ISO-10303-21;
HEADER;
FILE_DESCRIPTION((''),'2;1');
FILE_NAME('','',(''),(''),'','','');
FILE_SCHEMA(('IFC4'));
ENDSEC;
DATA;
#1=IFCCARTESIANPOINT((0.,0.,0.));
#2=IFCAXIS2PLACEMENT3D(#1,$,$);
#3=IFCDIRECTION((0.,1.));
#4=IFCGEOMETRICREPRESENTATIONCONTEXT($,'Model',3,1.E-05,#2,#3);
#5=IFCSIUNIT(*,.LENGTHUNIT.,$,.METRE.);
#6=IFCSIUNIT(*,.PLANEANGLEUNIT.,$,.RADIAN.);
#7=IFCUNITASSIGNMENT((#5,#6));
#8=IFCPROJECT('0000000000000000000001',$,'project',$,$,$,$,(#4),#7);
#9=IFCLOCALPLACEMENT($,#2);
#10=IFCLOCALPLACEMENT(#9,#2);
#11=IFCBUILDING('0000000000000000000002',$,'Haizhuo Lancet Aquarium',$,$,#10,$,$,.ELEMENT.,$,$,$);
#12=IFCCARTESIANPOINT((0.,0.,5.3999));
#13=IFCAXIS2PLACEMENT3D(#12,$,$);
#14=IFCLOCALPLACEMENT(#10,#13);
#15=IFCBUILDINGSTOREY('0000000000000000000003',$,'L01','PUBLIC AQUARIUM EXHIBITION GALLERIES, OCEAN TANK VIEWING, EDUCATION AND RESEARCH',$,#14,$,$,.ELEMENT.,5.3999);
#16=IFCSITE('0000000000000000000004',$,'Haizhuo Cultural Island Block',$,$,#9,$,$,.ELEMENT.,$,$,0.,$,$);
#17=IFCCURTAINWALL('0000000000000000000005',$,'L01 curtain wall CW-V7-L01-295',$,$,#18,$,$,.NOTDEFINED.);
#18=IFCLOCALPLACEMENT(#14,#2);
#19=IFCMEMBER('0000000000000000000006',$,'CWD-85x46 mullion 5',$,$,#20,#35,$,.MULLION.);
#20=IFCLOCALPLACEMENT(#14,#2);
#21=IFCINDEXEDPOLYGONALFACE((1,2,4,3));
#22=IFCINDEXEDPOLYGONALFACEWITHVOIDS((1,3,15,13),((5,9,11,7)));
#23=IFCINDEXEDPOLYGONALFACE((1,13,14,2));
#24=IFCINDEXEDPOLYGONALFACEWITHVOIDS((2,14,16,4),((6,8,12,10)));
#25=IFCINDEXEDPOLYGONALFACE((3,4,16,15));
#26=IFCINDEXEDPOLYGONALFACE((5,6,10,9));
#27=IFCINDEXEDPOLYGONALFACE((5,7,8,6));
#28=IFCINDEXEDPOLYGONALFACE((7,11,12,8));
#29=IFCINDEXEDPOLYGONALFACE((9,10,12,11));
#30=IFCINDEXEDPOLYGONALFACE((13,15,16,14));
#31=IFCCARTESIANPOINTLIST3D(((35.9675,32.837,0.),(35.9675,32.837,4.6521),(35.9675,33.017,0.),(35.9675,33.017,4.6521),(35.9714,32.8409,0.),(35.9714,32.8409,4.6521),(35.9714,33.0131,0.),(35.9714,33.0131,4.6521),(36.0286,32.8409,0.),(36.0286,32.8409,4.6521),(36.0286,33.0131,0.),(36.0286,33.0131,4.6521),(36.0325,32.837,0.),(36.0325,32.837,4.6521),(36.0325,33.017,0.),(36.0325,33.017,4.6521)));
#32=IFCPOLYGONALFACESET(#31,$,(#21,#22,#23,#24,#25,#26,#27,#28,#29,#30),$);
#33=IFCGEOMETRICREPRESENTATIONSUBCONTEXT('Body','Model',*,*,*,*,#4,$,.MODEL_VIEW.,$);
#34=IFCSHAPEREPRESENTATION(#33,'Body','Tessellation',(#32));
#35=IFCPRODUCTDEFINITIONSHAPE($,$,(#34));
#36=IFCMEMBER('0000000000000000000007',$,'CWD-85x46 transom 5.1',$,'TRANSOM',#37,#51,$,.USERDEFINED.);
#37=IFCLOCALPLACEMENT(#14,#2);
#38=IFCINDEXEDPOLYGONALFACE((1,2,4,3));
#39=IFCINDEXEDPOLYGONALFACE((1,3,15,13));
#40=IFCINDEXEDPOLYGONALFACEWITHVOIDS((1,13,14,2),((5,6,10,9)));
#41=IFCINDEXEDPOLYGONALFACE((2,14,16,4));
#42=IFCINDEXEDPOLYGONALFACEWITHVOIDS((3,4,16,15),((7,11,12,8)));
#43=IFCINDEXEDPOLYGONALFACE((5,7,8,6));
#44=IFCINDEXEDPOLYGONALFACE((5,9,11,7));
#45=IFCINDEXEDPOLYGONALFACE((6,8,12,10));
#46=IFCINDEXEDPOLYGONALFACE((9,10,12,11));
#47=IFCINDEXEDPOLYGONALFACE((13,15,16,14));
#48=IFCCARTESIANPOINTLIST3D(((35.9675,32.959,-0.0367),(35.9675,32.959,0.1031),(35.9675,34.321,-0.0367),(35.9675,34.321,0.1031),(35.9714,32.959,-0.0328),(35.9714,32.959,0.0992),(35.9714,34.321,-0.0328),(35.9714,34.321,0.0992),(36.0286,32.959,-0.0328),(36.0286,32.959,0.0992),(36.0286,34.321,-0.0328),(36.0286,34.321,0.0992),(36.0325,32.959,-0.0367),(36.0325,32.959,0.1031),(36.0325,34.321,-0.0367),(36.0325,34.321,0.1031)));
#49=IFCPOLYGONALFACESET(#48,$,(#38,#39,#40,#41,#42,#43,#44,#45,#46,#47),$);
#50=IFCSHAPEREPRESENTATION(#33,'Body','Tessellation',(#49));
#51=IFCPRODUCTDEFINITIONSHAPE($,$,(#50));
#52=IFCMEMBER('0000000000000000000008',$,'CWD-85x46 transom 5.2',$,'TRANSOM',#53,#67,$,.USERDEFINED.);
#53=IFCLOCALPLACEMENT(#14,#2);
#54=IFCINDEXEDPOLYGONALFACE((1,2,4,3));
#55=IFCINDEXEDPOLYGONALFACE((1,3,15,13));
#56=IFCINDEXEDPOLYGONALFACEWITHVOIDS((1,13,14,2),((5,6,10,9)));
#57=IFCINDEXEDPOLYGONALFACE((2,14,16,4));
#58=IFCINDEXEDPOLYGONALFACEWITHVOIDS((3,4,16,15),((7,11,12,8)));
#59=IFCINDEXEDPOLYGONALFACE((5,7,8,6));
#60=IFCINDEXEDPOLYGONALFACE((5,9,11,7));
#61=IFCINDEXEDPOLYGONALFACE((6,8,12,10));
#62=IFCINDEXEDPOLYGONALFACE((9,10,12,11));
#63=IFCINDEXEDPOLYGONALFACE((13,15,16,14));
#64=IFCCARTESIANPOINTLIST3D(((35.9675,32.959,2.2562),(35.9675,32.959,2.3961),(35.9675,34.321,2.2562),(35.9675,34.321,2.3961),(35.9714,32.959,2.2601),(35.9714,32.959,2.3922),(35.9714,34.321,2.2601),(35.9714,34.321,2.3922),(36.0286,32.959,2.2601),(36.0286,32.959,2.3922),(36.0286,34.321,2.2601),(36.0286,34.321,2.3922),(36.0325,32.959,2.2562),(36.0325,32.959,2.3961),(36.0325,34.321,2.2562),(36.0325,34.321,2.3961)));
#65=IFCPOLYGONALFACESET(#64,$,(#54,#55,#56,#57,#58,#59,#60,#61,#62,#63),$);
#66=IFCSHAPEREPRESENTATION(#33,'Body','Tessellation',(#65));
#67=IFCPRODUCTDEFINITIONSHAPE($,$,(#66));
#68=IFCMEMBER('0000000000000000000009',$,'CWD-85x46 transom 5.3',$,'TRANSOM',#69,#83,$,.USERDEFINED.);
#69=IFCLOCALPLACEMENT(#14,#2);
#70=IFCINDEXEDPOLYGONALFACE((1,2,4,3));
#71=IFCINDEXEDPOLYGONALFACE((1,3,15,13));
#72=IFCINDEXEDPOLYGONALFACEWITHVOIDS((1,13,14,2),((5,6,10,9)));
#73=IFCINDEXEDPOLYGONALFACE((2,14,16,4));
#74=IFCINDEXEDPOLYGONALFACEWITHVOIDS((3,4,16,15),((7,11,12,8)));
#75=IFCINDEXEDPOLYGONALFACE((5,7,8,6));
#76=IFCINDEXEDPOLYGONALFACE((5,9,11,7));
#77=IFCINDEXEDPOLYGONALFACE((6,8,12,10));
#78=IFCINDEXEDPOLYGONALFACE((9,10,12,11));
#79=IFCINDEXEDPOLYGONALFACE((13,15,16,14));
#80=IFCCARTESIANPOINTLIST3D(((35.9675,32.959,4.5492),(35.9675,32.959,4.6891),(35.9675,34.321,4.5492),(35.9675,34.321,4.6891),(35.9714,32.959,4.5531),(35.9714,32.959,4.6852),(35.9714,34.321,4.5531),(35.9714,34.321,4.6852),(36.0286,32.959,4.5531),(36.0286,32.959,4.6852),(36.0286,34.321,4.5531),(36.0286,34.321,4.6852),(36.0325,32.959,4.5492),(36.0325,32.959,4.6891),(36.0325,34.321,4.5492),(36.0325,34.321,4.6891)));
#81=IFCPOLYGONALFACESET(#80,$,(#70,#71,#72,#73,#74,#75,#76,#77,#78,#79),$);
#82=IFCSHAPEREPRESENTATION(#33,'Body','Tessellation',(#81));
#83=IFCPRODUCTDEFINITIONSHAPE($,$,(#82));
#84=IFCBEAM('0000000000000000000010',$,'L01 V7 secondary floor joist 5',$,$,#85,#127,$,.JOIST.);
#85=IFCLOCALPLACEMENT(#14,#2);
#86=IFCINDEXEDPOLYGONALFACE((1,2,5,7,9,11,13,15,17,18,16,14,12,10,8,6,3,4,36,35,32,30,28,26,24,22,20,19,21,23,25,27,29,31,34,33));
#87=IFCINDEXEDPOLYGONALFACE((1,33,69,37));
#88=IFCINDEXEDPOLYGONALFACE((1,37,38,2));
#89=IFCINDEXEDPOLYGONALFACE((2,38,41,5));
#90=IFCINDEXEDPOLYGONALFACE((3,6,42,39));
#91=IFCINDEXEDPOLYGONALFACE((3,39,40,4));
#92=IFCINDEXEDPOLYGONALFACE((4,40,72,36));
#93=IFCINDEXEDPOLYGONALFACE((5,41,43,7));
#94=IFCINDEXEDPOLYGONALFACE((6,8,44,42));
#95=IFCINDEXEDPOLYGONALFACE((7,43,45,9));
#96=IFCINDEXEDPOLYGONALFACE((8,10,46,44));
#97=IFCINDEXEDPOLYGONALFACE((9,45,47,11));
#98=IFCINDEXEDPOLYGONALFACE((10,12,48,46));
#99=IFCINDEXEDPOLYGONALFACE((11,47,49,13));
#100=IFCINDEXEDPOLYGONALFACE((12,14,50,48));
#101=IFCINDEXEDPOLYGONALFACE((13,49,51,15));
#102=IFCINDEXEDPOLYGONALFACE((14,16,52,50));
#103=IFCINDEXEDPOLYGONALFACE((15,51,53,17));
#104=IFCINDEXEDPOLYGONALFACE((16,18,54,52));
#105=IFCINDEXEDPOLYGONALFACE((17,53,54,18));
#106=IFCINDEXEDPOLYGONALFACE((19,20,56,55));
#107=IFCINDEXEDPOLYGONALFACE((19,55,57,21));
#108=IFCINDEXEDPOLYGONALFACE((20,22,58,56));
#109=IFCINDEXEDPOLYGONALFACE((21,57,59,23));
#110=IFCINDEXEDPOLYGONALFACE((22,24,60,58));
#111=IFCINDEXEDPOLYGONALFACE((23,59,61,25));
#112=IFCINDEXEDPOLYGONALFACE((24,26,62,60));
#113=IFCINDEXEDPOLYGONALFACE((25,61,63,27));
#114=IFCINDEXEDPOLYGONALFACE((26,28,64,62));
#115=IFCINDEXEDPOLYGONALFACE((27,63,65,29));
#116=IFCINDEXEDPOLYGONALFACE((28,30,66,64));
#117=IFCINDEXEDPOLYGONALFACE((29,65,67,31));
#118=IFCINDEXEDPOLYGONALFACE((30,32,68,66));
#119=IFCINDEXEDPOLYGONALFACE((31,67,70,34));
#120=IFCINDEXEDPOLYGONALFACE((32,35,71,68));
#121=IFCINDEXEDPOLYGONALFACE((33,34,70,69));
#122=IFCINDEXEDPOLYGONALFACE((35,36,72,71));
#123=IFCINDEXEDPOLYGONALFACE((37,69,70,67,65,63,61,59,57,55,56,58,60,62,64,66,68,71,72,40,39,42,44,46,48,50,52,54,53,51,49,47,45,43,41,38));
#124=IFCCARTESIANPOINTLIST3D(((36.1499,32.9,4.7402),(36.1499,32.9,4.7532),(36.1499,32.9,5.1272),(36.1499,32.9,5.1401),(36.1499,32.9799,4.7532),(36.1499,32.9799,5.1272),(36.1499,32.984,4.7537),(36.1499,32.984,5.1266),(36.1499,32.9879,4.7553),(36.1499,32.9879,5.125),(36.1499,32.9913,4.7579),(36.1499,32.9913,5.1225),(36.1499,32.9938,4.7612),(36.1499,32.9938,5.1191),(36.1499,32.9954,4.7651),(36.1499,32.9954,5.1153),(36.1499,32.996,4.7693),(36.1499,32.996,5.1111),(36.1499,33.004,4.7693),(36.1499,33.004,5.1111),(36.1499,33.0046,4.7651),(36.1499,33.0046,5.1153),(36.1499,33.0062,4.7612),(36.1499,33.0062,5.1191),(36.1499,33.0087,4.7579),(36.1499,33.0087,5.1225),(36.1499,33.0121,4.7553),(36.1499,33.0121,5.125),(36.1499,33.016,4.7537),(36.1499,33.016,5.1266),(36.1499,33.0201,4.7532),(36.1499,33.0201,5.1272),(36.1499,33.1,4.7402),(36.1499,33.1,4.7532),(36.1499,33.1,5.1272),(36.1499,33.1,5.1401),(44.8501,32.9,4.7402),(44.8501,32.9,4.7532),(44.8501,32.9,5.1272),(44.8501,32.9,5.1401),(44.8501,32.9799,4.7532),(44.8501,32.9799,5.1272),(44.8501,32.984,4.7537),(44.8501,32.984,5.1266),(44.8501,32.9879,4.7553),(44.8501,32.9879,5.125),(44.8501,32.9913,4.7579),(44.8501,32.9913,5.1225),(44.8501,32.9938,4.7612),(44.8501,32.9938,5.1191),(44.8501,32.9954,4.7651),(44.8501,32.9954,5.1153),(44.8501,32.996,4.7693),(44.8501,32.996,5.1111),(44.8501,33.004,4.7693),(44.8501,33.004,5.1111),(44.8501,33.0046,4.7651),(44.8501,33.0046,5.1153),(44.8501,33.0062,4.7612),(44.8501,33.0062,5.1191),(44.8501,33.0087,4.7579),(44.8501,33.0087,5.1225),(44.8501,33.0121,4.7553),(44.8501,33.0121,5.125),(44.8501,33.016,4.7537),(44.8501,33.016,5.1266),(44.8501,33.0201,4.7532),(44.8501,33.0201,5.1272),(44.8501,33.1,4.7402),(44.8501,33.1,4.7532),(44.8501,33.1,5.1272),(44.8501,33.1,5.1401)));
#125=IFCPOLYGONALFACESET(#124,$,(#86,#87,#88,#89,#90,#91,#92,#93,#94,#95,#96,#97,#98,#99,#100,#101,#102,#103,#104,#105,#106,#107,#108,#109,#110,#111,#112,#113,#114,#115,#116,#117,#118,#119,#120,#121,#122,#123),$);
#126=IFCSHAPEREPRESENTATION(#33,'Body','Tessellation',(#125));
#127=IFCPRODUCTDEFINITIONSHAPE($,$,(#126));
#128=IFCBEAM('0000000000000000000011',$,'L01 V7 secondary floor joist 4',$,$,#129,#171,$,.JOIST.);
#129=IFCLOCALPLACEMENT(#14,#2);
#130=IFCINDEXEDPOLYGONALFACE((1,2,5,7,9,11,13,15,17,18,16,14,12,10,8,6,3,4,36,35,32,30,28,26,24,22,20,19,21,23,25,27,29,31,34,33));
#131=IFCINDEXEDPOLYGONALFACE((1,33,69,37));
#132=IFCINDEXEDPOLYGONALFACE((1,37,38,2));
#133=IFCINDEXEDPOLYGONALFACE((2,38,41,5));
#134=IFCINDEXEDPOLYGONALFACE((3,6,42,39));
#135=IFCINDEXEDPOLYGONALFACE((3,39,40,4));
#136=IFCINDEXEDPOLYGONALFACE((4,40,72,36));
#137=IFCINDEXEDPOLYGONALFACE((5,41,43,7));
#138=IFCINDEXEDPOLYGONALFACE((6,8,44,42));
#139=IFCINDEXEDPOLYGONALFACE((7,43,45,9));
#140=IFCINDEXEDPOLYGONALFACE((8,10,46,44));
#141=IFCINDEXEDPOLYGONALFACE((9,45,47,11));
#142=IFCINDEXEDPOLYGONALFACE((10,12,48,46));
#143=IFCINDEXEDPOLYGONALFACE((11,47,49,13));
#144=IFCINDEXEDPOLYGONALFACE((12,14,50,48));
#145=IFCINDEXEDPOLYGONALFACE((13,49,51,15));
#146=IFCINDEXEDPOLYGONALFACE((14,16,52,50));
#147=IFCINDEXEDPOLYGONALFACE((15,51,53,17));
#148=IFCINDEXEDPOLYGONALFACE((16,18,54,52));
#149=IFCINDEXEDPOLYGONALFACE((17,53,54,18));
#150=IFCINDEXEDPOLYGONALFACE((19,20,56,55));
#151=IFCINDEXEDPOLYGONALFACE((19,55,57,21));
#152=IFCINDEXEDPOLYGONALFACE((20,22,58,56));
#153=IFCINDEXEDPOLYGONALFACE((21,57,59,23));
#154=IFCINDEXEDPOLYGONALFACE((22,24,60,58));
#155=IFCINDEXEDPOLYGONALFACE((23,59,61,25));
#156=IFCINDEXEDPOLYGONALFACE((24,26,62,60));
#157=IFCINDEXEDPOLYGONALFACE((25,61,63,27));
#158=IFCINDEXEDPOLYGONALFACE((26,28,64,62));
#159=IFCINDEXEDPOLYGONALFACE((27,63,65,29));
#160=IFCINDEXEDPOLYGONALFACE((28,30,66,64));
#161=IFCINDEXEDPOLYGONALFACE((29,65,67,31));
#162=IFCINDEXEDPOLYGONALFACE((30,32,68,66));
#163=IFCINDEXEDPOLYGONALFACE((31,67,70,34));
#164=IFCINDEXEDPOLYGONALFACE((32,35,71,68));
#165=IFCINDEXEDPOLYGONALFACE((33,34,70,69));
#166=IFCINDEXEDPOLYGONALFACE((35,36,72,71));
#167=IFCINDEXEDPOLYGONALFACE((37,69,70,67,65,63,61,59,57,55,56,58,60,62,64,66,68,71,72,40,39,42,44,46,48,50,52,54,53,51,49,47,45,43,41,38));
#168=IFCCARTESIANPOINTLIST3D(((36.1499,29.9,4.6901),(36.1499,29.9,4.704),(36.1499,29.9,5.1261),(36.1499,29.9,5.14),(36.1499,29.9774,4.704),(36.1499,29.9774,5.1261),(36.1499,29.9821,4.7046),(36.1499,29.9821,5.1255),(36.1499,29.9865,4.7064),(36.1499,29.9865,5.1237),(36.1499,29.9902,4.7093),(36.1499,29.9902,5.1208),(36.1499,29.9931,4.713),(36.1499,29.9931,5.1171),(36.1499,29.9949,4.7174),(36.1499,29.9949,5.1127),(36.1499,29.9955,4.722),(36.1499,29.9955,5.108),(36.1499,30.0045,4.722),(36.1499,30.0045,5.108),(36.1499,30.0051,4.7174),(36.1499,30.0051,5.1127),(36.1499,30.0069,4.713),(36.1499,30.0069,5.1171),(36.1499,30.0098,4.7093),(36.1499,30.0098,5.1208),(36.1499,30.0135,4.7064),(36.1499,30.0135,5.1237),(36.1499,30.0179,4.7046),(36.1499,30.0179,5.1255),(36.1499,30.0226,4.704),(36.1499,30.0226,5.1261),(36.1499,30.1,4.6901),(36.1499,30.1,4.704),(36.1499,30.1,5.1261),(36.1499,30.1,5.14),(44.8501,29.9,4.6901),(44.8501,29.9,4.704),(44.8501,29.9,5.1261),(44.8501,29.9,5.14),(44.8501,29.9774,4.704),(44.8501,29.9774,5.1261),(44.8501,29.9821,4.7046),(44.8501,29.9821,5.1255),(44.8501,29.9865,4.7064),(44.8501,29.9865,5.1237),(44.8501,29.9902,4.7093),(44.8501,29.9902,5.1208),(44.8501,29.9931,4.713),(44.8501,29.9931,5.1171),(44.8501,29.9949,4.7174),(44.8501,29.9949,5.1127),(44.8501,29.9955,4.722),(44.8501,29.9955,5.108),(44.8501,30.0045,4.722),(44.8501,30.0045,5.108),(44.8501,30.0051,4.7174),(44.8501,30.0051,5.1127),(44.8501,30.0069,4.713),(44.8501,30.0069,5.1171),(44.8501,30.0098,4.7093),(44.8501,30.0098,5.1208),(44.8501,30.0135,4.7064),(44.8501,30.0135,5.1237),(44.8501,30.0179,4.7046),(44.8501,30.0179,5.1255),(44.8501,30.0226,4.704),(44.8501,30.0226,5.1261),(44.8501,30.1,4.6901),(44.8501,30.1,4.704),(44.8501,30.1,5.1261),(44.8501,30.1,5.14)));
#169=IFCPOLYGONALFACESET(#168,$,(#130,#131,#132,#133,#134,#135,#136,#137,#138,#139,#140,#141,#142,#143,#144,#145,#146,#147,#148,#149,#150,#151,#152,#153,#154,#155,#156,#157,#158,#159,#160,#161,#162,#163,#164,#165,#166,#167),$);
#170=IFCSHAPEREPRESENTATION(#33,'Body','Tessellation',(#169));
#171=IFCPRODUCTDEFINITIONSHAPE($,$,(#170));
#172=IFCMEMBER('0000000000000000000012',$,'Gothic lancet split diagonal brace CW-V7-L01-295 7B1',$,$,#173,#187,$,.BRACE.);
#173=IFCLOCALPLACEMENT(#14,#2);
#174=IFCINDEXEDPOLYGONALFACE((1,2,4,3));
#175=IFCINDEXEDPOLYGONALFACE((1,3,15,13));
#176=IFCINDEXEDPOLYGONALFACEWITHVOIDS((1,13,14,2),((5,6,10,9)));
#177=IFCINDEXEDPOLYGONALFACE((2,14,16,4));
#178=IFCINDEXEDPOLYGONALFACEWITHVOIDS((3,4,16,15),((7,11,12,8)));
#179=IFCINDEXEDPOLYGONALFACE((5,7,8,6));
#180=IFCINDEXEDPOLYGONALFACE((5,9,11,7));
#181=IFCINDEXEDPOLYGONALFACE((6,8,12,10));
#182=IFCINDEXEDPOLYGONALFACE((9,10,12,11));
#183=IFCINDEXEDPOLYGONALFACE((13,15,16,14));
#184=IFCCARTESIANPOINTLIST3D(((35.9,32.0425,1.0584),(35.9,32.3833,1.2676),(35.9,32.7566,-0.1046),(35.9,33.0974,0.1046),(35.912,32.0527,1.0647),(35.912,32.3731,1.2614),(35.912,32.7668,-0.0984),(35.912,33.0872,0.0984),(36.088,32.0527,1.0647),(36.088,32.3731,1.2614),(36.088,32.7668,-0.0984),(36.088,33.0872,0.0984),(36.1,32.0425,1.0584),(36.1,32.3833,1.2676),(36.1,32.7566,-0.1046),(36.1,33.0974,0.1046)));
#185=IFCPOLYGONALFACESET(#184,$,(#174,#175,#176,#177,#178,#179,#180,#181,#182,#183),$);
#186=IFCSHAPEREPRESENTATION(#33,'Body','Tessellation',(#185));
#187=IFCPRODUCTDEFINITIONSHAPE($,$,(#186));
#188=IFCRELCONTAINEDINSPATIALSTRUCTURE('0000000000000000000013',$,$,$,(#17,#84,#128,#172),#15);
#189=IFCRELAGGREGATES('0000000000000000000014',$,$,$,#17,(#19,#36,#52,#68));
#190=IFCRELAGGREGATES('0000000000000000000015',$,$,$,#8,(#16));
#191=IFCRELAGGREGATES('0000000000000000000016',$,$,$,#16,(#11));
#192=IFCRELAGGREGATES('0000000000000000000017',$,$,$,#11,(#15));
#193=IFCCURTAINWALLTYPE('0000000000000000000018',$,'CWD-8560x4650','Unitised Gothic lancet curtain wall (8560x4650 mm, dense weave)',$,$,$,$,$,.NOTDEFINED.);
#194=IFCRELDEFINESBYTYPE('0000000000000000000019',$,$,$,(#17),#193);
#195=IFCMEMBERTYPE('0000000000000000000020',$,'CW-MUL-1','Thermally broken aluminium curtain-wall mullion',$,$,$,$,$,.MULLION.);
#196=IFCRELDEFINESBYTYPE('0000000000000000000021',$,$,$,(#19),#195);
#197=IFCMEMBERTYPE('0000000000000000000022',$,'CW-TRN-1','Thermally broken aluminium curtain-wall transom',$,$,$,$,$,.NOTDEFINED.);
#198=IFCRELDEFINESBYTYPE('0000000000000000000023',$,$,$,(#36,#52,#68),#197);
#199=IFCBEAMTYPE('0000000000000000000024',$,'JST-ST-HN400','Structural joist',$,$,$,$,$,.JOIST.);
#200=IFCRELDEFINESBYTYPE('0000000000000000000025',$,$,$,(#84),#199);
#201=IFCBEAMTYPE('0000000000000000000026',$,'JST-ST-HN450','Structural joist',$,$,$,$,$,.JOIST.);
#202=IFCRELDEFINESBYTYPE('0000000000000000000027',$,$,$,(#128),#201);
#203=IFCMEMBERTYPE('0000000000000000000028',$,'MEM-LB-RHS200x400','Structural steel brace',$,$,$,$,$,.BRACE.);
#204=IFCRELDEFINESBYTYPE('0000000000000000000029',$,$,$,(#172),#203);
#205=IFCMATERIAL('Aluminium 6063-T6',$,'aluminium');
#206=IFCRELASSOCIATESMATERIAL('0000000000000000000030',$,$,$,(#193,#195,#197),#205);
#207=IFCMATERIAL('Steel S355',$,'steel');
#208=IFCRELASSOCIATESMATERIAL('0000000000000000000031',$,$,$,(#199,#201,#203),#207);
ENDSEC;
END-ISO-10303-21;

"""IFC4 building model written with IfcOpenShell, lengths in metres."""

from ifc_helpers import new_model, si_unit, direction, frame, origin, origin_2d, place, context, subcontext, project, spatial, hollow_rectangle, i_section, extrude, material, material_profile, profile_set, type_object, element, aggregate, save


model = new_model("IFC4")

# Units and contexts
model_context = context("Model", 3, precision=1e-05, world=origin(), true_north=direction((0.0, 1.0)))
body_context = subcontext(model_context, "Body", "Model", "MODEL_VIEW")
ifc_project = project(units=[si_unit("LENGTHUNIT", "METRE"), si_unit("PLANEANGLEUNIT", "RADIAN")], contexts=[model_context])

# Site, building, storey
site_placement = place(None, origin())
site = spatial("IfcSite", under=ifc_project, at=site_placement, Name="Haizhuo Cultural Island Block", CompositionType="ELEMENT", RefElevation=0.0)
building_placement = place(site_placement, origin())
building = spatial("IfcBuilding", under=site, at=building_placement, Name="Haizhuo Lancet Aquarium", CompositionType="ELEMENT")
storey_placement = place(building_placement, frame((0.0, 0.0, 5.3999)))
storey = spatial("IfcBuildingStorey", under=building, at=storey_placement, Name="L01", Description="PUBLIC AQUARIUM EXHIBITION GALLERIES, OCEAN TANK VIEWING, EDUCATION AND RESEARCH", CompositionType="ELEMENT", Elevation=5.3999)

# Curtain wall, members
ifc_material_1 = material(Name="Aluminium 6063-T6", Category="aluminium")
curtain_wall_type = type_object("IfcCurtainWallType", Name="CWD-8560x4650", Description="Unitised Gothic lancet curtain wall (8560x4650 mm, dense weave)", PredefinedType="NOTDEFINED", material=ifc_material_1)
curtain_wall_placement = place(storey_placement, origin())
curtain_wall = element("IfcCurtainWall", 1, at=curtain_wall_placement, inside=storey, type_object=curtain_wall_type, Name="L01 curtain wall CW-V7-L01-295", PredefinedType="NOTDEFINED")
ifc_material_profile_1 = material_profile(ifc_material_1, hollow_rectangle(XDim=0.0649, YDim=0.1799, WallThickness=0.0039, at=origin_2d()), Name="ALU-M 65x180x4")
ifc_profile_set_1 = profile_set([ifc_material_profile_1], Name="Aluminium 6063-T6")
member_type_1 = type_object("IfcMemberType", Name="CW-MUL-1", Description="Thermally broken aluminium curtain-wall mullion", PredefinedType="MULLION", material=ifc_profile_set_1)
member_1_placement = place(storey_placement, frame((36.0, 32.927, 0.0), z_axis=(0.0, 0.0, 1.0), x_axis=(-1.0, 0.0, 0.0)))
member_1 = element("IfcMember", 2, at=member_1_placement, type_object=member_type_1, Name="CWD-85x46 mullion 5", PredefinedType="MULLION", context=body_context, shape_type="SweptSolid", body=[
    extrude(hollow_rectangle(XDim=0.0649, YDim=0.1799, WallThickness=0.0039, at=origin_2d()), origin(), (0.0, 0.0, 1.0), 4.6521),
])
ifc_material_profile_2 = material_profile(ifc_material_1, hollow_rectangle(XDim=0.0649, YDim=0.1399, WallThickness=0.0039, at=origin_2d()), Name="ALU-T 65x140x4")
ifc_profile_set_2 = profile_set([ifc_material_profile_2], Name="Aluminium 6063-T6")
member_type_2 = type_object("IfcMemberType", Name="CW-TRN-1", Description="Thermally broken aluminium curtain-wall transom", PredefinedType="NOTDEFINED", material=ifc_profile_set_2)
member_2_placement = place(storey_placement, frame((36.0, 32.959, 0.0332), z_axis=(0.0, 1.0, 0.0), x_axis=(-1.0, 0.0, 0.0)))
member_2 = element("IfcMember", 3, at=member_2_placement, type_object=member_type_2, Name="CWD-85x46 transom 5.1", ObjectType="TRANSOM", PredefinedType="USERDEFINED", context=body_context, shape_type="SweptSolid", body=[
    extrude(hollow_rectangle(XDim=0.0649, YDim=0.1399, WallThickness=0.0039, at=origin_2d()), origin(), (0.0, 0.0, 1.0), 1.3621),
])
member_3_placement = place(storey_placement, frame((36.0, 32.959, 2.3262), z_axis=(0.0, 1.0, 0.0), x_axis=(-1.0, 0.0, 0.0)))
member_3 = element("IfcMember", 4, at=member_3_placement, type_object=member_type_2, Name="CWD-85x46 transom 5.2", ObjectType="TRANSOM", PredefinedType="USERDEFINED", context=body_context, shape_type="SweptSolid", body=[
    extrude(hollow_rectangle(XDim=0.0649, YDim=0.1399, WallThickness=0.0039, at=origin_2d()), origin(), (0.0, 0.0, 1.0), 1.3621),
])
member_4_placement = place(storey_placement, frame((36.0, 32.959, 4.6191), z_axis=(0.0, 1.0, 0.0), x_axis=(-1.0, 0.0, 0.0)))
member_4 = element("IfcMember", 5, at=member_4_placement, type_object=member_type_2, Name="CWD-85x46 transom 5.3", ObjectType="TRANSOM", PredefinedType="USERDEFINED", context=body_context, shape_type="SweptSolid", body=[
    extrude(hollow_rectangle(XDim=0.0649, YDim=0.1399, WallThickness=0.0039, at=origin_2d()), origin(), (0.0, 0.0, 1.0), 1.3621),
])

# Beams
ifc_material_2 = material(Name="Steel S355", Category="steel")
ifc_material_profile_3 = material_profile(ifc_material_2, i_section(OverallWidth=0.2, OverallDepth=0.3999, WebThickness=0.0081, FlangeThickness=0.0129, FilletRadius=0.0161, at=origin_2d()), Name="HN 400x200x8x13")
ifc_profile_set_3 = profile_set([ifc_material_profile_3], Name="Steel S355")
beam_type_1 = type_object("IfcBeamType", Name="JST-ST-HN400", Description="Structural joist", PredefinedType="JOIST", material=ifc_profile_set_3)
beam_1_placement = place(storey_placement, frame((36.1499, 33.0, 4.9402), z_axis=(1.0, 0.0, 0.0), x_axis=(0.0, 1.0, 0.0)))
element("IfcBeam", 6, at=beam_1_placement, inside=storey, type_object=beam_type_1, Name="L01 V7 secondary floor joist 5", PredefinedType="JOIST", context=body_context, shape_type="SweptSolid", body=[
    extrude(i_section(OverallWidth=0.2, OverallDepth=0.3999, WebThickness=0.0081, FlangeThickness=0.0129, FilletRadius=0.0161, at=origin_2d()), origin(), (0.0, 0.0, 1.0), 8.7002),
])
ifc_material_profile_4 = material_profile(ifc_material_2, i_section(OverallWidth=0.2, OverallDepth=0.45, WebThickness=0.009, FlangeThickness=0.0139, FilletRadius=0.0181, at=origin_2d()), Name="HN 450x200x9x14")
ifc_profile_set_4 = profile_set([ifc_material_profile_4], Name="Steel S355")
beam_type_2 = type_object("IfcBeamType", Name="JST-ST-HN450", Description="Structural joist", PredefinedType="JOIST", material=ifc_profile_set_4)
beam_2_placement = place(storey_placement, frame((36.1499, 30.0, 4.915), z_axis=(1.0, 0.0, 0.0), x_axis=(0.0, 1.0, 0.0)))
element("IfcBeam", 7, at=beam_2_placement, inside=storey, type_object=beam_type_2, Name="L01 V7 secondary floor joist 4", PredefinedType="JOIST", context=body_context, shape_type="SweptSolid", body=[
    extrude(i_section(OverallWidth=0.2, OverallDepth=0.45, WebThickness=0.009, FlangeThickness=0.0139, FilletRadius=0.0181, at=origin_2d()), origin(), (0.0, 0.0, 1.0), 8.7002),
])

# Member
ifc_material_profile_5 = material_profile(ifc_material_2, hollow_rectangle(XDim=0.2, YDim=0.3999, WallThickness=0.012, at=origin_2d()), Name="RHS 200x400x12")
ifc_profile_set_5 = profile_set([ifc_material_profile_5], Name="Steel S355")
member_type_3 = type_object("IfcMemberType", Name="MEM-LB-RHS200x400", Description="Structural steel brace", PredefinedType="BRACE", material=ifc_profile_set_5)
member_5_placement = place(storey_placement, frame((36.0, 32.927, 0.0), z_axis=(0.0, -0.523229, 0.852192), x_axis=(1.0, 0.0, 0.0)))
element("IfcMember", 8, at=member_5_placement, inside=storey, type_object=member_type_3, Name="Gothic lancet split diagonal brace CW-V7-L01-295 7B1", PredefinedType="BRACE", context=body_context, shape_type="SweptSolid", body=[
    extrude(hollow_rectangle(XDim=0.2, YDim=0.3999, WallThickness=0.012, at=origin_2d()), origin(), (0.0, 0.0, 1.0), 1.3647),
])

aggregate(curtain_wall, [member_1, member_2, member_3, member_4])

save(model, "model.ifc")
